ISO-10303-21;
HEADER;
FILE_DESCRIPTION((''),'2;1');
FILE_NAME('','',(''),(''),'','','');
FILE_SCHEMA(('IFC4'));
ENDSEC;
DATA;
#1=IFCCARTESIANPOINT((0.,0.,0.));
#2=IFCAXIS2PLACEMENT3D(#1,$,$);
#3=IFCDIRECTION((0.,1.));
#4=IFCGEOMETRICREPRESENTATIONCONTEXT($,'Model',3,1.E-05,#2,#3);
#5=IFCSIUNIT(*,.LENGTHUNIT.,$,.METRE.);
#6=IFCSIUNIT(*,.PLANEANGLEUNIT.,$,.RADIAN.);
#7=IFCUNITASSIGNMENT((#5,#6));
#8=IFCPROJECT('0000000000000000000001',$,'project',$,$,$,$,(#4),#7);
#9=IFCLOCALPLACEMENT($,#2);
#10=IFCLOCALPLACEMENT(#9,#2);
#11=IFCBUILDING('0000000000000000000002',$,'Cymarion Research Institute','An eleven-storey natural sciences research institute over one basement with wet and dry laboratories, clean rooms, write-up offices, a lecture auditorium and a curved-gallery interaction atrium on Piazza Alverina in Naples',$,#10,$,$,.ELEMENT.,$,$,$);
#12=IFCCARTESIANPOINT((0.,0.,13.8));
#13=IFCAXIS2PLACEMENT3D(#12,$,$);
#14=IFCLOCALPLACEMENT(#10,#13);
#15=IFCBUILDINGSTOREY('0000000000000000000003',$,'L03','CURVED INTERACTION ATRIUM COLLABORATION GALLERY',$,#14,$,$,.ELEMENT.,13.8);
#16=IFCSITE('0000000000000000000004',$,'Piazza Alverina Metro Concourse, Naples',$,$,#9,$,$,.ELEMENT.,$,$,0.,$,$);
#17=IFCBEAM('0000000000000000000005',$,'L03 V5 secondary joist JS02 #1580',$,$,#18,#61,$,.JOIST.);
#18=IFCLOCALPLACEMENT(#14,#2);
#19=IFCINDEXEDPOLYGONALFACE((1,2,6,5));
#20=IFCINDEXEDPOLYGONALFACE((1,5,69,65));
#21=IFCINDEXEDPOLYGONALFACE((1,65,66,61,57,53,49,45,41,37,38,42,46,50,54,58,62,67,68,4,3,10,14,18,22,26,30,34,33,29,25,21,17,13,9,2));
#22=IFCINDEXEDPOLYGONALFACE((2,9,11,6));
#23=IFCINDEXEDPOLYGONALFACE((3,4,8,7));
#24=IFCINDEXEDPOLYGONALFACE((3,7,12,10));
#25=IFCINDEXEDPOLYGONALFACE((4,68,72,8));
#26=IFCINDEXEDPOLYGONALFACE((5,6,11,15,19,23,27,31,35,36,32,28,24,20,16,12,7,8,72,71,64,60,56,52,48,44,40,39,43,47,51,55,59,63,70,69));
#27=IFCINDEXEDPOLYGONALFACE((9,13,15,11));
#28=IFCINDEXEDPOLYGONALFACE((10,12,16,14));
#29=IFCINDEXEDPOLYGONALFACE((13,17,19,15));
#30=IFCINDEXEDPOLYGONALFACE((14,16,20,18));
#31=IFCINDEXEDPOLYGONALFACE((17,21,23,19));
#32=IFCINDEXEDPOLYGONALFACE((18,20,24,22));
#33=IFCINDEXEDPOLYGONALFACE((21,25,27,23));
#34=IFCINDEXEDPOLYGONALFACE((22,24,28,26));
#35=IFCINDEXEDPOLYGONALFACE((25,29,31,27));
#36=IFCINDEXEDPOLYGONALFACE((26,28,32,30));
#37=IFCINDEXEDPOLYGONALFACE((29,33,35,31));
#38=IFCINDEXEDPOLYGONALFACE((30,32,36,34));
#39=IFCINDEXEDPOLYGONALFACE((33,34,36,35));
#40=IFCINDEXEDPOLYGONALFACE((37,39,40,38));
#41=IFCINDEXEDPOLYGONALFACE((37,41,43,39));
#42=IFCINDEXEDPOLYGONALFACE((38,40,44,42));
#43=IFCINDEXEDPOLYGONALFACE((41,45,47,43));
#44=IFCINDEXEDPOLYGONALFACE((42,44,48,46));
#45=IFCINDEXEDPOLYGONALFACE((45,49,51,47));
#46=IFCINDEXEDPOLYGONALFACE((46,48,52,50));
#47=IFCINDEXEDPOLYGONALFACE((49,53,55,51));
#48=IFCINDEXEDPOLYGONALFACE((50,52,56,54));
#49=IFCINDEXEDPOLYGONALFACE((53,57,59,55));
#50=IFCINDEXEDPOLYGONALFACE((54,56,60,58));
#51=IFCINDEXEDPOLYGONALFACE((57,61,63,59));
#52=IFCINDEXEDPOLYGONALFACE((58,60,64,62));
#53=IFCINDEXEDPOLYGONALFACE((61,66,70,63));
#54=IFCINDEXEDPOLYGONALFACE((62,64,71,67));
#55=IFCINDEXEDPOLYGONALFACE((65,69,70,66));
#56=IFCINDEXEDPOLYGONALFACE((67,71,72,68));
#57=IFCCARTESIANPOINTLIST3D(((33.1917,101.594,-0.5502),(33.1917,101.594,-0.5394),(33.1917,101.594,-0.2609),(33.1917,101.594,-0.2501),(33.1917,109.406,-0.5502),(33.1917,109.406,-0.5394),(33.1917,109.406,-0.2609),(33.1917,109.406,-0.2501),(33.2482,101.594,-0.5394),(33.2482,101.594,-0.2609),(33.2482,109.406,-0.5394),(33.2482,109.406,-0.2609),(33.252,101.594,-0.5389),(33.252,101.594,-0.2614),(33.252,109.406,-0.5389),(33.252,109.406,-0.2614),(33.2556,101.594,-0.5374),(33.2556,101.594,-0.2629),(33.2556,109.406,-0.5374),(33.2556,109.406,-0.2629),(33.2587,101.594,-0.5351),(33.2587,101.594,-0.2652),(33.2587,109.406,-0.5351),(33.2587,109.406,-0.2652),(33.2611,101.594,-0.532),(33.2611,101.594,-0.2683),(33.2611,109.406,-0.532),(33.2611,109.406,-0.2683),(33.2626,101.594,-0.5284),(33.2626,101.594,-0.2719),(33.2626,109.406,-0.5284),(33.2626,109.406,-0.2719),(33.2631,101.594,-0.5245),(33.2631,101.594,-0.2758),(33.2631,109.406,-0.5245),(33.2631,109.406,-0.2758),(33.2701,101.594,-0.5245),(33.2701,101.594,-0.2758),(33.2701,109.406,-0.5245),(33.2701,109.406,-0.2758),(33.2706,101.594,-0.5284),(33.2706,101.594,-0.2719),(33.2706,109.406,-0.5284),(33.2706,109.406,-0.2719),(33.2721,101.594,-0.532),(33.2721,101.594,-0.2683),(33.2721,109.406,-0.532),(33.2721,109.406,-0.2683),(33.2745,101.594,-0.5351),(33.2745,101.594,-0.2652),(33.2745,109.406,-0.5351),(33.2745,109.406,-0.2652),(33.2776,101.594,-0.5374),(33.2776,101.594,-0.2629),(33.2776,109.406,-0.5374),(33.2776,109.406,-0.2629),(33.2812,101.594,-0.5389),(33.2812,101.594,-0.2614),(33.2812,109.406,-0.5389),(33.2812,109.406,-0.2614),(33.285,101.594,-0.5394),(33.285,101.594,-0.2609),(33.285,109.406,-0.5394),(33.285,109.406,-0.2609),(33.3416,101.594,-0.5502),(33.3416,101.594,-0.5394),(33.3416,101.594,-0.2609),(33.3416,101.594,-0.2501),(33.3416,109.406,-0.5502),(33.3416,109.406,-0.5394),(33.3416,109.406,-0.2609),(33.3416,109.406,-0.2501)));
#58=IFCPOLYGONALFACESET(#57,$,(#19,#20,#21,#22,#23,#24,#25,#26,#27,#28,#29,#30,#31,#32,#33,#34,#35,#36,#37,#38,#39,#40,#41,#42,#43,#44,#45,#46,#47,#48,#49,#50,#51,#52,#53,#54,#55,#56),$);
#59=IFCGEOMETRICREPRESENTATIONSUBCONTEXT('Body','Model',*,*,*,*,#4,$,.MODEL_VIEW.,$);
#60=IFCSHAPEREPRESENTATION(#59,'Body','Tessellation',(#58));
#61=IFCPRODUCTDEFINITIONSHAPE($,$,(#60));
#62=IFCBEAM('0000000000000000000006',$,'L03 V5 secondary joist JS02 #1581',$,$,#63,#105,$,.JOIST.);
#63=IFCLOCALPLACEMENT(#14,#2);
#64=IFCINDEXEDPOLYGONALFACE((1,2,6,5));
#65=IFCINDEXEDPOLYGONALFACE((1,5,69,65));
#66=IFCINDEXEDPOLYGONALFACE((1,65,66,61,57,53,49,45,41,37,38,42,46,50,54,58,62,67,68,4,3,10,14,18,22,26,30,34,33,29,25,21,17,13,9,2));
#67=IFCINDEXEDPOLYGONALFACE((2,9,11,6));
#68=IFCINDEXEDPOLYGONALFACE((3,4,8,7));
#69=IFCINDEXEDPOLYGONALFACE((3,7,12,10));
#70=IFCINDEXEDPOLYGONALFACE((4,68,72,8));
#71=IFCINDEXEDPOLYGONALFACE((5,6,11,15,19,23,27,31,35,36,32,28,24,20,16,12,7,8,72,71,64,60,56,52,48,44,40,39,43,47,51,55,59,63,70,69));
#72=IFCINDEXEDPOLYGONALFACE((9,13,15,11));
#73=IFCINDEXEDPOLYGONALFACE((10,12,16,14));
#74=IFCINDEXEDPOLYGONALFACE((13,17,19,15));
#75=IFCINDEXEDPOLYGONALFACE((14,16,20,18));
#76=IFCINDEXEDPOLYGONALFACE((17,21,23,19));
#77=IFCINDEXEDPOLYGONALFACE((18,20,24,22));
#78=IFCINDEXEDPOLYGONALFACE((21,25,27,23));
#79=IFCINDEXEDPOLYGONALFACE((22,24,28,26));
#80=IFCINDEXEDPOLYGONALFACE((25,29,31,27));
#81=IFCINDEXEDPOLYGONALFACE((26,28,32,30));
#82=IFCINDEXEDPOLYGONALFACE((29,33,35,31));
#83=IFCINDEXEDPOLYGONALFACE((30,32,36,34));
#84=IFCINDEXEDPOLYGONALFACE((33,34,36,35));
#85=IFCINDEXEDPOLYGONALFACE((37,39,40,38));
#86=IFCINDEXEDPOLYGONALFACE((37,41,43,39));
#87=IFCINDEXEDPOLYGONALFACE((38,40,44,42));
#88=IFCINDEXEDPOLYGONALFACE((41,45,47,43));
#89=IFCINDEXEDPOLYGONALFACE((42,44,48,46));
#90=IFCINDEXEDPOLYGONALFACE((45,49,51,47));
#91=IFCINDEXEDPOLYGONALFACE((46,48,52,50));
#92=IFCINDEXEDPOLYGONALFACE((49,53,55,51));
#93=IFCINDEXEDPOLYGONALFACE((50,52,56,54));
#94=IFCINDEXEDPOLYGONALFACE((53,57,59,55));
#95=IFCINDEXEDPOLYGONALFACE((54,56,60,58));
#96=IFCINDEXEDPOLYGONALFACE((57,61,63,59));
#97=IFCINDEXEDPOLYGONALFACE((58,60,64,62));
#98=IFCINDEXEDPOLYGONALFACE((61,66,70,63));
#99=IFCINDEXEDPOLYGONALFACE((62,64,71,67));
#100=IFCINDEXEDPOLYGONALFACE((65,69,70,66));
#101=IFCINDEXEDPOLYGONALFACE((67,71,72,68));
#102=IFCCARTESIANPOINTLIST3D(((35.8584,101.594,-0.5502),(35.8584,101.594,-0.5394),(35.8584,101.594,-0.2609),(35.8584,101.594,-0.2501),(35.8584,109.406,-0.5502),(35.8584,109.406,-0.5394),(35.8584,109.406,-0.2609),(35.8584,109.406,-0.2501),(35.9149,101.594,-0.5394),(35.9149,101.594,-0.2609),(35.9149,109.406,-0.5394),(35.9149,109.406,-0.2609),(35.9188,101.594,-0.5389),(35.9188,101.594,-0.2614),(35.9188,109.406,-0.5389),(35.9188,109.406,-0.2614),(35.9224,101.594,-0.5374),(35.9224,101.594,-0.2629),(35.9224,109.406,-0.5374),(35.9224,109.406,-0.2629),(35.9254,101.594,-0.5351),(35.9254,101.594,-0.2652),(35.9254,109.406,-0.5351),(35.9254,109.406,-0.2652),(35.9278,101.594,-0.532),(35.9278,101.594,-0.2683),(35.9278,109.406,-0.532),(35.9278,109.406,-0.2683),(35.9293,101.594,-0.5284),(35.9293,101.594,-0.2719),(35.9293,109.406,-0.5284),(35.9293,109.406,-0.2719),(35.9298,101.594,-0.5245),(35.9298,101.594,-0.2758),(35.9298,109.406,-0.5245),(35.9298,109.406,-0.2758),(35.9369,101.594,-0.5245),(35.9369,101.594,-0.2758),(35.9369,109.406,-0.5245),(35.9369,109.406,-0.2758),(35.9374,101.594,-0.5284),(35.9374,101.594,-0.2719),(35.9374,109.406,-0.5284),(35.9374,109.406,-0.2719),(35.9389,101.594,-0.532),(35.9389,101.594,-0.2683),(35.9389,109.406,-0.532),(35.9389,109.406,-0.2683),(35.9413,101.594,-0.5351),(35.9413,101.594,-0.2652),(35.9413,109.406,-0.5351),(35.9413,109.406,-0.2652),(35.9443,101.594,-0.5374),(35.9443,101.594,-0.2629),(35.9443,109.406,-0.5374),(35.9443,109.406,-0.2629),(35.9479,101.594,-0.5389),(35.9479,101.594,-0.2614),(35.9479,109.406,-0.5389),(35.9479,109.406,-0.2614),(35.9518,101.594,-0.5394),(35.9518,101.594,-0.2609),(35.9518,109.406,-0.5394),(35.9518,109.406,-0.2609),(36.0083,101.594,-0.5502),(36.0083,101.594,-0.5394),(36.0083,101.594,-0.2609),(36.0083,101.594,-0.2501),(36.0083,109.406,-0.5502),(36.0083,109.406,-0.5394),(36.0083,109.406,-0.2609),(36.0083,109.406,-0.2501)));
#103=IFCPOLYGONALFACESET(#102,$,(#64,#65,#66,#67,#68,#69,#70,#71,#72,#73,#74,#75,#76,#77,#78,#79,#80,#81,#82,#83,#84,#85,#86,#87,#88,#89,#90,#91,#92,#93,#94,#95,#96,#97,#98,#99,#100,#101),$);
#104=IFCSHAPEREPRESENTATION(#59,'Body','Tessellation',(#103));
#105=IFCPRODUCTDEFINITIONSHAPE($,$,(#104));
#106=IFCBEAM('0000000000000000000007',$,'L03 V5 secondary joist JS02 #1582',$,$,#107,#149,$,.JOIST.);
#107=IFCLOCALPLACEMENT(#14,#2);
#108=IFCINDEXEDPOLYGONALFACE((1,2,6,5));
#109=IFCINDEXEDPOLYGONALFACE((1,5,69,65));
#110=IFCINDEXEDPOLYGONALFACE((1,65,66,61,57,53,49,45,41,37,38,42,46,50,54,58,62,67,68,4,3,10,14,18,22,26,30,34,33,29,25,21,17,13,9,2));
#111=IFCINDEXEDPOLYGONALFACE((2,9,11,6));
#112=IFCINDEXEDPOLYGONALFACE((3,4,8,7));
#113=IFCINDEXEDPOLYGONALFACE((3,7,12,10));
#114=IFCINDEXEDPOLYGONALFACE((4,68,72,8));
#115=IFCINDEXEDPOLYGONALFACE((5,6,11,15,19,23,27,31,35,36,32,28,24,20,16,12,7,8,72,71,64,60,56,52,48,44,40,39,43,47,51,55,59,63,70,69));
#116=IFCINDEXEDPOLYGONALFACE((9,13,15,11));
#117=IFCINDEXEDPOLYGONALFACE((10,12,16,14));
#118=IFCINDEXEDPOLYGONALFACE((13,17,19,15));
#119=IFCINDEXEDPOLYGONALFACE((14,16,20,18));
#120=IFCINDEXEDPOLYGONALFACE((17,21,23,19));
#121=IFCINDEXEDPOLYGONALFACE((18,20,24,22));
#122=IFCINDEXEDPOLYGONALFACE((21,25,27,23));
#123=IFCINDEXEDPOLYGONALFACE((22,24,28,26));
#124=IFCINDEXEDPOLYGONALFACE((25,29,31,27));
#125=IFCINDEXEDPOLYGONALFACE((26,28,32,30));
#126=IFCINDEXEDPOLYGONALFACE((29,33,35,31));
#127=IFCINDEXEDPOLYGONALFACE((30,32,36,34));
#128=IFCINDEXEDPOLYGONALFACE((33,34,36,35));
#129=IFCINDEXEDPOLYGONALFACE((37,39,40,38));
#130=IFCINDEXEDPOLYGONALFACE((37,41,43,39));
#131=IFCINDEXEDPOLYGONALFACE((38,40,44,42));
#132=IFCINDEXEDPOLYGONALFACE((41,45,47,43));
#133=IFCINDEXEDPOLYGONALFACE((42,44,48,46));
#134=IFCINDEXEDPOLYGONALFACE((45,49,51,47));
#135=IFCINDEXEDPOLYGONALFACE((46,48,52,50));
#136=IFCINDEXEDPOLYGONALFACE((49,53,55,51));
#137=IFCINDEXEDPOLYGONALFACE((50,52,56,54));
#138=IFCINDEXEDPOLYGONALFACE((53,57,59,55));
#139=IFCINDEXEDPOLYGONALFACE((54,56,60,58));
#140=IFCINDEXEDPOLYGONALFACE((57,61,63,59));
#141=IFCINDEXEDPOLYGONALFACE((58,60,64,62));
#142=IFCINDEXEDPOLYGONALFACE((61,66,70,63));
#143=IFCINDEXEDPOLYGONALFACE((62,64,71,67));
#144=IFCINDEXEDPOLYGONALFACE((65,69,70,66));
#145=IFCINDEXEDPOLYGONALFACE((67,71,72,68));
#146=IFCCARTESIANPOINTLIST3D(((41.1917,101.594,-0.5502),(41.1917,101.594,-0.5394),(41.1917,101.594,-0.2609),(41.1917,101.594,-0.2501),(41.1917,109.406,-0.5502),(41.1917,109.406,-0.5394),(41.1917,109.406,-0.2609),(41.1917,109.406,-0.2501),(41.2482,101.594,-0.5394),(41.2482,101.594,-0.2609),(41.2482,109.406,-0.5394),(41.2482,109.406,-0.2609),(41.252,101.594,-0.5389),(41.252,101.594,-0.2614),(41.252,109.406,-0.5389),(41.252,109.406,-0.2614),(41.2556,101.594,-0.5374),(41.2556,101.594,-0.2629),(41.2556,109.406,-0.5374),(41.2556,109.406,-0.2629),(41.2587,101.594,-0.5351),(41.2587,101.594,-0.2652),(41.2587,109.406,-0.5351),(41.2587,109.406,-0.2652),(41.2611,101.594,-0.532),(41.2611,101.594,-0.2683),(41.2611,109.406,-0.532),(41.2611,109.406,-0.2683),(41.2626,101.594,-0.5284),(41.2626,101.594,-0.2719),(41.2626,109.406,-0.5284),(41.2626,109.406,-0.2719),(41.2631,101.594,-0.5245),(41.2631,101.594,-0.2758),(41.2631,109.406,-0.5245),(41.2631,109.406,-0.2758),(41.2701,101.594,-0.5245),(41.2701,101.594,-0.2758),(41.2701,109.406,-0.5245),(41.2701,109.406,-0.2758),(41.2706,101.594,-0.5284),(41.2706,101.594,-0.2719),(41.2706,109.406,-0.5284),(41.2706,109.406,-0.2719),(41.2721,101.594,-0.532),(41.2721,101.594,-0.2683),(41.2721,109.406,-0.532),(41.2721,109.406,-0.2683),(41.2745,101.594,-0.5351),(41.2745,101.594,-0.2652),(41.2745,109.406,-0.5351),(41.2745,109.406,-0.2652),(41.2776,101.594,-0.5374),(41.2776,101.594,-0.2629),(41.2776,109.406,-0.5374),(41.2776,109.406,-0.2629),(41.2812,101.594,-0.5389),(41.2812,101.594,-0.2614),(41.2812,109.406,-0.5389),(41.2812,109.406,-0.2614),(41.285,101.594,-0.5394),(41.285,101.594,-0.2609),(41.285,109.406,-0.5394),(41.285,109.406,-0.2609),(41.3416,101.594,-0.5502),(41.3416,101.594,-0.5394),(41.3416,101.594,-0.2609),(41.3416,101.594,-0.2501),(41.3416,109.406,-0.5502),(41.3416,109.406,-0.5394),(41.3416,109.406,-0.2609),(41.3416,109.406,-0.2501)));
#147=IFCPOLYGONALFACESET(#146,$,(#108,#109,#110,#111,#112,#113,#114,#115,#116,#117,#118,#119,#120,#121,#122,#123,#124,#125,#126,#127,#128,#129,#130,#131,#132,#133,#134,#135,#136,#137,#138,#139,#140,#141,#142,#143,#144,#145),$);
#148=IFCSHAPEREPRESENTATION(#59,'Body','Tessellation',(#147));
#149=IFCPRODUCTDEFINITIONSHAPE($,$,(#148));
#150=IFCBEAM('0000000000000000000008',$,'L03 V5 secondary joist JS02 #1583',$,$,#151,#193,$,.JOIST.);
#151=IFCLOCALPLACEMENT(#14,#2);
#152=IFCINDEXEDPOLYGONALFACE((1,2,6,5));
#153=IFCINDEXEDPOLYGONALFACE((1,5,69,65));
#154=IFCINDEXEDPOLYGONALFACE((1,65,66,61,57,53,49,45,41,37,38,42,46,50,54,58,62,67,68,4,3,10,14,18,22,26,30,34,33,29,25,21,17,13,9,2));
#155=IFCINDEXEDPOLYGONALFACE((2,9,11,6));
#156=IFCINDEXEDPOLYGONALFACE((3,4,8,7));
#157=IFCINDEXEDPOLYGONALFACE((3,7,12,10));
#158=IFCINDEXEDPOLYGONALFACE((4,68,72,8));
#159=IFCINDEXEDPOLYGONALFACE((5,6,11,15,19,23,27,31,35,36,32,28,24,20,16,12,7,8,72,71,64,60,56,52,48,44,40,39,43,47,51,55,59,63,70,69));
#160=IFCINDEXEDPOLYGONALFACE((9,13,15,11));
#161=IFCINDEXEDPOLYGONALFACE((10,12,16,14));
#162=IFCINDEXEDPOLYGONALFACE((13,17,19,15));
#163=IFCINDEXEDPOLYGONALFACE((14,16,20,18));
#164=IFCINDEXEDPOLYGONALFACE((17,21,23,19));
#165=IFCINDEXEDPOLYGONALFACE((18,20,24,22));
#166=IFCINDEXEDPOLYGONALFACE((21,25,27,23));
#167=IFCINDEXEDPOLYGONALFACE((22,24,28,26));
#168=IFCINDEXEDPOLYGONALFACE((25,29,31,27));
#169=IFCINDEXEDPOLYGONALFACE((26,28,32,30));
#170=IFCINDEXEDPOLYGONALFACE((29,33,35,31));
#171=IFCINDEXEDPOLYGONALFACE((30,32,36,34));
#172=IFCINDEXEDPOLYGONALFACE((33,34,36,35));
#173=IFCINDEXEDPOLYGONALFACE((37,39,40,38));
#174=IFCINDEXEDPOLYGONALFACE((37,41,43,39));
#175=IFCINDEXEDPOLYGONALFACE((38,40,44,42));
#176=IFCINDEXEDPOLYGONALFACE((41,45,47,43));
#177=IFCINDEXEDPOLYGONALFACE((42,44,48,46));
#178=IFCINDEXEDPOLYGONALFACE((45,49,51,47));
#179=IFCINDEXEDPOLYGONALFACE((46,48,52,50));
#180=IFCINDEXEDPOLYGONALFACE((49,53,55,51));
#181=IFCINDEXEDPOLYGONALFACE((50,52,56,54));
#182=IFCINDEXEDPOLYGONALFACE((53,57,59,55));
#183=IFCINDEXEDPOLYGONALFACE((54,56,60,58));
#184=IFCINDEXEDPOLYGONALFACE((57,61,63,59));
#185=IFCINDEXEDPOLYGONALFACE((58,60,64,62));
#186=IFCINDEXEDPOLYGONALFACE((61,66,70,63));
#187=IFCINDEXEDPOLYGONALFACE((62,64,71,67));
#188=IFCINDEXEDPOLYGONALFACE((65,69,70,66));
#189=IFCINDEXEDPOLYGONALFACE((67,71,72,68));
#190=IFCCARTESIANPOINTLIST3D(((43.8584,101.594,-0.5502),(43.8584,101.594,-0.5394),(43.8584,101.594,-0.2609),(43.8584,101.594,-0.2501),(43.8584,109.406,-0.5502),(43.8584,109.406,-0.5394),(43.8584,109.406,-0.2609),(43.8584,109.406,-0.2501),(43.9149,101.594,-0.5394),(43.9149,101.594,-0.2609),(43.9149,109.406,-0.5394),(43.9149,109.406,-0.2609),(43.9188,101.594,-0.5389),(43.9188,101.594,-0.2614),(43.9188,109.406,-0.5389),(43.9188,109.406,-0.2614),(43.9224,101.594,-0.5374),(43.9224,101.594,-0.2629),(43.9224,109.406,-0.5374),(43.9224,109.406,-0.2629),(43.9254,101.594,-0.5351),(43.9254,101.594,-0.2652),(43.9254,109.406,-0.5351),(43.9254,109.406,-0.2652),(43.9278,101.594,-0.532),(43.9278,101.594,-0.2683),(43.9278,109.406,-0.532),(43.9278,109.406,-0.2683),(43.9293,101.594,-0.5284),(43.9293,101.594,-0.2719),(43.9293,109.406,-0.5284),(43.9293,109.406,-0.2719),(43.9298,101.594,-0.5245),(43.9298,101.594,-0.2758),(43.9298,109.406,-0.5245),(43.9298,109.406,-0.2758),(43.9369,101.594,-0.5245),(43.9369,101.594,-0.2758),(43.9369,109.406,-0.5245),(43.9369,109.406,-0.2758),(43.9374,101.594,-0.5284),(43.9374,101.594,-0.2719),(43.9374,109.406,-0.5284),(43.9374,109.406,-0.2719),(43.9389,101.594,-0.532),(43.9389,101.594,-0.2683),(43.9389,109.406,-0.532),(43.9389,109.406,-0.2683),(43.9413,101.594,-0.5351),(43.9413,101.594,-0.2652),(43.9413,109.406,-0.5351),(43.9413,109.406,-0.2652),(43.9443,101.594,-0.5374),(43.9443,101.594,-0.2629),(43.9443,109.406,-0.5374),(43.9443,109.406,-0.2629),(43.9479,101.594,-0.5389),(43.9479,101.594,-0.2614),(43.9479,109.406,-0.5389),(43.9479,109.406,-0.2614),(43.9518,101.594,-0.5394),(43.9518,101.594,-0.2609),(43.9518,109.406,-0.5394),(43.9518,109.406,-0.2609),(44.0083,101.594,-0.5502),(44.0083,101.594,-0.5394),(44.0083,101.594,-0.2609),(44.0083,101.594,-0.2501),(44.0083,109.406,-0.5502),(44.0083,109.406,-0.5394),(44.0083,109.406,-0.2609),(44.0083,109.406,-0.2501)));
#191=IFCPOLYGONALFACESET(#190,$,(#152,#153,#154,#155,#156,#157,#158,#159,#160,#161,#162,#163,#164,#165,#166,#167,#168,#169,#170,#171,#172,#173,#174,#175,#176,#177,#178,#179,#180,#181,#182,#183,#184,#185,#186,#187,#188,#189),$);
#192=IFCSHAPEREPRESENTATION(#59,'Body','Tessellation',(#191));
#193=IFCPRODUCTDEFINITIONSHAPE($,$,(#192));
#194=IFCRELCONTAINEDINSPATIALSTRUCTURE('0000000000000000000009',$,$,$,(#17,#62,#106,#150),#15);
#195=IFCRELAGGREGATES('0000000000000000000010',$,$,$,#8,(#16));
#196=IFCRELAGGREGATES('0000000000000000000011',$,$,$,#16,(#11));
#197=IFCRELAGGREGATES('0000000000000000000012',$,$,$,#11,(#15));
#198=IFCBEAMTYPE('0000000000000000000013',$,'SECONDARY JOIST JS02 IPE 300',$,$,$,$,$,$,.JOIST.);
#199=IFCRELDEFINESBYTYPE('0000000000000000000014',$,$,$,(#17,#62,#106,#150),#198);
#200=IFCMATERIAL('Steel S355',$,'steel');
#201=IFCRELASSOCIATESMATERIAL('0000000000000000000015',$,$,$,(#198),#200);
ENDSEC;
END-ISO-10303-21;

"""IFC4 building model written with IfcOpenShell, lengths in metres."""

from ifc_helpers import new_model, si_unit, direction, frame, origin, origin_2d, place, context, subcontext, project, spatial, i_section, extrude, material, material_profile, profile_set, type_object, element, save


model = new_model("IFC4")

# Units and contexts
model_context = context("Model", 3, precision=1e-05, world=origin(), true_north=direction((0.0, 1.0)))
body_context = subcontext(model_context, "Body", "Model", "MODEL_VIEW")
ifc_project = project(units=[si_unit("LENGTHUNIT", "METRE"), si_unit("PLANEANGLEUNIT", "RADIAN")], contexts=[model_context])

# Site, building, storey
site_placement = place(None, origin())
site = spatial("IfcSite", under=ifc_project, at=site_placement, Name="Piazza Alverina Metro Concourse, Naples", CompositionType="ELEMENT", RefElevation=0.0)
building_placement = place(site_placement, origin())
building = spatial("IfcBuilding", under=site, at=building_placement, Name="Cymarion Research Institute", Description="An eleven-storey natural sciences research institute over one basement with wet and dry laboratories, clean rooms, write-up offices, a lecture auditorium and a curved-gallery interaction atrium on Piazza Alverina in Naples", CompositionType="ELEMENT")
storey_placement = place(building_placement, frame((0.0, 0.0, 13.8)))
storey = spatial("IfcBuildingStorey", under=building, at=storey_placement, Name="L03", Description="CURVED INTERACTION ATRIUM COLLABORATION GALLERY", CompositionType="ELEMENT", Elevation=13.8)

# Shared definitions
ifc_material_1 = material(Name="Steel S355", Category="steel")

# Beams
ifc_material_profile_1 = material_profile(ifc_material_1, i_section(OverallWidth=0.1499, OverallDepth=0.3, WebThickness=0.0071, FlangeThickness=0.0107, FilletRadius=0.0149, at=origin_2d()), Name="IPE 300")
ifc_profile_set_1 = profile_set([ifc_material_profile_1], Name="Steel S355")
beam_type_1 = type_object("IfcBeamType", Name="SECONDARY JOIST JS02 IPE 300", PredefinedType="JOIST", material=ifc_profile_set_1)
for number, where, z_axis, x_axis, name in (
    (1, (33.2666, 101.594, -0.4001), (0.0, 1.0, 0.0), (-1.0, 0.0, 0.0), "L03 V5 secondary joist JS02 #1580"),
    (2, (35.9333, 101.594, -0.4001), (0.0, 1.0, 0.0), (-1.0, 0.0, 0.0), "L03 V5 secondary joist JS02 #1581"),
    (3, (41.2666, 101.594, -0.4001), (0.0, 1.0, 0.0), (-1.0, 0.0, 0.0), "L03 V5 secondary joist JS02 #1582"),
    (4, (43.9333, 101.594, -0.4001), (0.0, 1.0, 0.0), (-1.0, 0.0, 0.0), "L03 V5 secondary joist JS02 #1583"),
):
    element("IfcBeam", number, at=place(storey_placement, frame(where, z_axis=z_axis, x_axis=x_axis)), inside=storey, type_object=beam_type_1, Name=name, PredefinedType="JOIST", context=body_context, shape_type="SweptSolid", body=[
        extrude(i_section(OverallWidth=0.1499, OverallDepth=0.3, WebThickness=0.0071, FlangeThickness=0.0107, FilletRadius=0.0149, at=origin_2d()), origin(), (0.0, 0.0, 1.0), 7.812),
    ])

save(model, "model.ifc")
